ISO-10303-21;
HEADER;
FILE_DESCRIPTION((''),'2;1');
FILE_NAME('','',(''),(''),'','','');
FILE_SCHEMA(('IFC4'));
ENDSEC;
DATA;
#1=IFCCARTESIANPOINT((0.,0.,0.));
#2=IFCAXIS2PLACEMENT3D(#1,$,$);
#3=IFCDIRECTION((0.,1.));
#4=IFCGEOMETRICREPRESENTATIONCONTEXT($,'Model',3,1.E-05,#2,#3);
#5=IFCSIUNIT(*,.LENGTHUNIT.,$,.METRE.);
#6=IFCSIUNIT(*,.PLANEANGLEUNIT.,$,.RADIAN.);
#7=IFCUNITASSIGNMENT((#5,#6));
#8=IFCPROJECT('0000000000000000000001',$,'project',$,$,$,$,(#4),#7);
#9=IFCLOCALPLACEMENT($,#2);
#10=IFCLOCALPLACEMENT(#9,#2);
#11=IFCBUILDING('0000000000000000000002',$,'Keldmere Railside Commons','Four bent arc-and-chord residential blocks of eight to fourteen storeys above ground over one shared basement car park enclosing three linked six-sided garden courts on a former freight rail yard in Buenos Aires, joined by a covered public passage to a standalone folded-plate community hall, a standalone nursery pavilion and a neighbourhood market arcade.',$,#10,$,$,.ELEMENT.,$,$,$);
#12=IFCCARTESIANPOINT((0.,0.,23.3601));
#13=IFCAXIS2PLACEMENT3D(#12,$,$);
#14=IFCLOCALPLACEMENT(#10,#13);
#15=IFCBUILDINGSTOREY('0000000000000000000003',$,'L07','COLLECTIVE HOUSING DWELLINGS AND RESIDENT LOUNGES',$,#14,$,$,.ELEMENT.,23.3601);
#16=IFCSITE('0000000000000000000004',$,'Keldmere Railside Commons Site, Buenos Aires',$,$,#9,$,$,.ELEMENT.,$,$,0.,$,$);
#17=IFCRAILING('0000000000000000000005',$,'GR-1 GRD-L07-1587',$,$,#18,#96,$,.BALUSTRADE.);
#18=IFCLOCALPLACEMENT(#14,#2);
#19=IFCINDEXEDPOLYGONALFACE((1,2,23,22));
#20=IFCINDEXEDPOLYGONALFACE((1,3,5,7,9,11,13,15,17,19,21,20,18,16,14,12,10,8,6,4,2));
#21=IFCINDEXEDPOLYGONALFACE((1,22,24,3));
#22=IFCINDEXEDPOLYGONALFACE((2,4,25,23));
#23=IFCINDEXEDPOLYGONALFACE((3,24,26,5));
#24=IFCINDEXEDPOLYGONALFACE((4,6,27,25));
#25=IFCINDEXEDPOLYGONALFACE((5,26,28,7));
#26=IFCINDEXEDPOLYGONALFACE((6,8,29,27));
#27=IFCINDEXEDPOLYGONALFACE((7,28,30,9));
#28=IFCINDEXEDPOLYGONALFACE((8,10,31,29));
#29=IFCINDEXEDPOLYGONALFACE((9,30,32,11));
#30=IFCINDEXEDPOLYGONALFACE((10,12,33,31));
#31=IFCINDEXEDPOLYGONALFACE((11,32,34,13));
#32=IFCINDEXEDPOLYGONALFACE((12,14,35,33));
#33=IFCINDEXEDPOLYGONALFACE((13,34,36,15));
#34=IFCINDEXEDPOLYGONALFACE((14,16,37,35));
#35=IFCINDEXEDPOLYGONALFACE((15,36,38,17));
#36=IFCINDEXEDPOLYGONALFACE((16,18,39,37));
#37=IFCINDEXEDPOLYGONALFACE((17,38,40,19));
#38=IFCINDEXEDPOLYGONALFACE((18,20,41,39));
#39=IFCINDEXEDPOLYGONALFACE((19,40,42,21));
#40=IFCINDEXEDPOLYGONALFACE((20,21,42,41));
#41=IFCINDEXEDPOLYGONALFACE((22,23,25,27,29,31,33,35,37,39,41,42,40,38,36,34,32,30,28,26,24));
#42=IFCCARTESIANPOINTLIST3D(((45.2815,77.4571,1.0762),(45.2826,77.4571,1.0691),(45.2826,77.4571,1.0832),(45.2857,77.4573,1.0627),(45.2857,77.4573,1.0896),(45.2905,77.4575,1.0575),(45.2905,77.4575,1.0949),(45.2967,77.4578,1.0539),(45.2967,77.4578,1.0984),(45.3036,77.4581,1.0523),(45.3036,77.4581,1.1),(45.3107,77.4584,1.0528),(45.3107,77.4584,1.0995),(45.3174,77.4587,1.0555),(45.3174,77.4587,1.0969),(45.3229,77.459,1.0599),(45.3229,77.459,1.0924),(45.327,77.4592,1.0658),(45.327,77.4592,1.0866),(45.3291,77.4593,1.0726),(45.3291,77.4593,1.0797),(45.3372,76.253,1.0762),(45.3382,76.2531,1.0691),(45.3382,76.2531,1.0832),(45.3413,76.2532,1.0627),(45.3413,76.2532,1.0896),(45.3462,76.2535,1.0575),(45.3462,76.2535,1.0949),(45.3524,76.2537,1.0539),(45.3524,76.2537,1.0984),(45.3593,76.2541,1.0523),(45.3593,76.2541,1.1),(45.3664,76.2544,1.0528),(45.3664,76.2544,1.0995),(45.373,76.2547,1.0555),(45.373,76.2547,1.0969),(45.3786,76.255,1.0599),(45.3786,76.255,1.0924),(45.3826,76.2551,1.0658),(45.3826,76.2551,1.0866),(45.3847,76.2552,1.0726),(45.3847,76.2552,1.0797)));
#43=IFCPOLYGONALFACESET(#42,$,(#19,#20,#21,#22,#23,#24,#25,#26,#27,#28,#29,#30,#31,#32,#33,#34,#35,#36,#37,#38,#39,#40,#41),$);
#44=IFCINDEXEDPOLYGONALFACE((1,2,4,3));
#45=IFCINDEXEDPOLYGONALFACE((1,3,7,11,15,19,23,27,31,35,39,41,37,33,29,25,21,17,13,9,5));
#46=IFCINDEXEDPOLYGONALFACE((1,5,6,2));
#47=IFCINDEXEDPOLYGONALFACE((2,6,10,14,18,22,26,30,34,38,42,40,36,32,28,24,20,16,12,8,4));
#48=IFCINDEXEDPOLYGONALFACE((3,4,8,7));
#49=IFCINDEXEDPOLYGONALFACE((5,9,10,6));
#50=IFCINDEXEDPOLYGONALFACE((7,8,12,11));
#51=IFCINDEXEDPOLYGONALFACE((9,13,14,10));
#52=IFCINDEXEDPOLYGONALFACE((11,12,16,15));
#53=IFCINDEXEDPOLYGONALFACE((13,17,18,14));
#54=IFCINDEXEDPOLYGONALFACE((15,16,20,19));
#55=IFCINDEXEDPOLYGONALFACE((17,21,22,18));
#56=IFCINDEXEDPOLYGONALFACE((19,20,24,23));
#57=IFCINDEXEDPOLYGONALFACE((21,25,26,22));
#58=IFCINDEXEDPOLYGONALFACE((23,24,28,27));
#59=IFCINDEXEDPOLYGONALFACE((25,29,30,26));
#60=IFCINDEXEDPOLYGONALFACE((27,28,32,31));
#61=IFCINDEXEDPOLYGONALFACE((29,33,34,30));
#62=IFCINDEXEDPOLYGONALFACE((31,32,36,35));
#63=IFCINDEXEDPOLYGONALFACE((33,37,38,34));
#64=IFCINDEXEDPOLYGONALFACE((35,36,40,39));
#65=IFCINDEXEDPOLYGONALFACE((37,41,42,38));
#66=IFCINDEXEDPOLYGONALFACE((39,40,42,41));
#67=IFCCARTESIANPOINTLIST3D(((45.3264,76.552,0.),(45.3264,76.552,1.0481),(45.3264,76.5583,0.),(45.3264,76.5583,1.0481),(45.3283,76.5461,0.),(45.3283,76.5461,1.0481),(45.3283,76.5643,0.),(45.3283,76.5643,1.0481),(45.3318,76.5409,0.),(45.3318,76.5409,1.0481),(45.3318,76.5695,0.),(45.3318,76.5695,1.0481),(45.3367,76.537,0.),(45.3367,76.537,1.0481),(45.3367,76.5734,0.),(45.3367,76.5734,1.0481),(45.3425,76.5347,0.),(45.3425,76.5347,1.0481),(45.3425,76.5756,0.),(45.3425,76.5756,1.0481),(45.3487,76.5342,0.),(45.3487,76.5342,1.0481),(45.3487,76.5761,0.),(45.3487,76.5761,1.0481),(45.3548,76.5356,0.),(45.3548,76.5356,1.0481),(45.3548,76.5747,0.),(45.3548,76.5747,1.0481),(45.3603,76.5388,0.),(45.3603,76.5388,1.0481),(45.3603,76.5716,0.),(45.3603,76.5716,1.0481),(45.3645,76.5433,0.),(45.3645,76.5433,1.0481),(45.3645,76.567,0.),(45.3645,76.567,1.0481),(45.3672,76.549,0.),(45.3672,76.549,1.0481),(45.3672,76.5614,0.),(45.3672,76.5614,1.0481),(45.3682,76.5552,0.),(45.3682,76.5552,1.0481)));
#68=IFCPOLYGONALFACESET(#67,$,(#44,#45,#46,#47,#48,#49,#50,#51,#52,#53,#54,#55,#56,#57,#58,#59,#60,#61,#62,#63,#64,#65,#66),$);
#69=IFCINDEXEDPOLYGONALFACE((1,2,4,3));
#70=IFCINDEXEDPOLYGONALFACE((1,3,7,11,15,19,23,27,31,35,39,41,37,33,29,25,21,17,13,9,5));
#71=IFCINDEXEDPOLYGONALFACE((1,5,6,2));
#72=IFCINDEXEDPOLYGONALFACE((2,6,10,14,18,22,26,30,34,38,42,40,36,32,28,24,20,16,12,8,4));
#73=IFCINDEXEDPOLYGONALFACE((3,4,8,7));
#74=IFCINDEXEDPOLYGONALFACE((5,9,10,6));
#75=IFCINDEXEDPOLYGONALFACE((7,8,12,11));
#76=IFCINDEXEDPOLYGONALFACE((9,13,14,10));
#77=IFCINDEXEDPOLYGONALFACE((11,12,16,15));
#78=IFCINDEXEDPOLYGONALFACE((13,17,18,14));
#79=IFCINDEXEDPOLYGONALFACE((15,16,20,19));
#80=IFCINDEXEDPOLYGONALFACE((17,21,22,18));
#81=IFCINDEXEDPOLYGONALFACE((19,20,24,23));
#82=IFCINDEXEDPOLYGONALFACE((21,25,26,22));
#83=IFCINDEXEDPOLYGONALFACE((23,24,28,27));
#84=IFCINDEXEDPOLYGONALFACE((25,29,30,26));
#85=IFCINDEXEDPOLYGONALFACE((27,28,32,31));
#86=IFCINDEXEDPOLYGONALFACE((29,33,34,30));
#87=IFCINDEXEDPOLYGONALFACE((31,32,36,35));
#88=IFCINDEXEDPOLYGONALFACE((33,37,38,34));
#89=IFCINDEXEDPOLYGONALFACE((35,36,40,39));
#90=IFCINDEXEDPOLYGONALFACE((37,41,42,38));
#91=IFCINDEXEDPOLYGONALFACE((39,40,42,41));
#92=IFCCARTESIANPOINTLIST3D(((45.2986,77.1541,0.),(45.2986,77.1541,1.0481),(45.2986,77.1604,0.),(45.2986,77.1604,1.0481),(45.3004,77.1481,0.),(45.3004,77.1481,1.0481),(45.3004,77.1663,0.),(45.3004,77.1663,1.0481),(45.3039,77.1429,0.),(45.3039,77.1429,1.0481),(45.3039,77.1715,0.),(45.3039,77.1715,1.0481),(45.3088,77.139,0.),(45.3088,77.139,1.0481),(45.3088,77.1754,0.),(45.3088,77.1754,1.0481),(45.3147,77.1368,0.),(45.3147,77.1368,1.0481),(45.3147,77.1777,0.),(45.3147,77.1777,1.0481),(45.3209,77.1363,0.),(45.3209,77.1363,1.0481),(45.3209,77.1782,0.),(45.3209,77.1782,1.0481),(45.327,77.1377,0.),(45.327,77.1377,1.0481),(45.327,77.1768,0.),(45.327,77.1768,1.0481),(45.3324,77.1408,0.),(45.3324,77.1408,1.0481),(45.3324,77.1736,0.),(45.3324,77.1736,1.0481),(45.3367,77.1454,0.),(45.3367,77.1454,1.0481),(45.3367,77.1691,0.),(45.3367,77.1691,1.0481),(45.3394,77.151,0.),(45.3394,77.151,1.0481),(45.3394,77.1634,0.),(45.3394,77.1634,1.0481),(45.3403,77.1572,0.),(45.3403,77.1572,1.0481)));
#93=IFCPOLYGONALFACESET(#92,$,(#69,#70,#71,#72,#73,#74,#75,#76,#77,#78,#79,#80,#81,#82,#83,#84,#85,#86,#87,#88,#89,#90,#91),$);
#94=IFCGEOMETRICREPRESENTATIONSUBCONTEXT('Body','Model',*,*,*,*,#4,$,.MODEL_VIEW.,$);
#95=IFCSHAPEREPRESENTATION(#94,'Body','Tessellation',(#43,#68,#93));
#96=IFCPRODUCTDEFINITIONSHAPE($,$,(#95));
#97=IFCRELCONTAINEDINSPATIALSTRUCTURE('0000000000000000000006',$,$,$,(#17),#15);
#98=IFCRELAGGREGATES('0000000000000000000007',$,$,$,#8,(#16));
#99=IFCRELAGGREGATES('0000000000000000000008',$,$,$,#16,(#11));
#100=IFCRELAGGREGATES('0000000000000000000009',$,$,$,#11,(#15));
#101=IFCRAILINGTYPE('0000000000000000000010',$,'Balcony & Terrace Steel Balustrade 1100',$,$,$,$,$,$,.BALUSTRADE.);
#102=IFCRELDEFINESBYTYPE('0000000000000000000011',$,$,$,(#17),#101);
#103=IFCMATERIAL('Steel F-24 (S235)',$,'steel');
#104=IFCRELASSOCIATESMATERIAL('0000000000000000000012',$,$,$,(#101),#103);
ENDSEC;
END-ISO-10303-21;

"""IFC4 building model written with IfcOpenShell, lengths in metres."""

from ifc_helpers import new_model, si_unit, direction, frame, origin, origin_2d, place, context, subcontext, project, spatial, circle, extrude, material, type_object, element, save


model = new_model("IFC4")

# Units and contexts
model_context = context("Model", 3, precision=1e-05, world=origin(), true_north=direction((0.0, 1.0)))
body_context = subcontext(model_context, "Body", "Model", "MODEL_VIEW")
ifc_project = project(units=[si_unit("LENGTHUNIT", "METRE"), si_unit("PLANEANGLEUNIT", "RADIAN")], contexts=[model_context])

# Site, building, storey
site_placement = place(None, origin())
site = spatial("IfcSite", under=ifc_project, at=site_placement, Name="Keldmere Railside Commons Site, Buenos Aires", CompositionType="ELEMENT", RefElevation=0.0)
building_placement = place(site_placement, origin())
building = spatial("IfcBuilding", under=site, at=building_placement, Name="Keldmere Railside Commons", Description="Four bent arc-and-chord residential blocks of eight to fourteen storeys above ground over one shared basement car park enclosing three linked six-sided garden courts on a former freight rail yard in Buenos Aires, joined by a covered public passage to a standalone folded-plate community hall, a standalone nursery pavilion and a neighbourhood market arcade.", CompositionType="ELEMENT")
storey_placement = place(building_placement, frame((0.0, 0.0, 23.3601)))
storey = spatial("IfcBuildingStorey", under=building, at=storey_placement, Name="L07", Description="COLLECTIVE HOUSING DWELLINGS AND RESIDENT LOUNGES", CompositionType="ELEMENT", Elevation=23.3601)

# Railing
ifc_material = material(Name="Steel F-24 (S235)", Category="steel")
railing_type = type_object("IfcRailingType", Name="Balcony & Terrace Steel Balustrade 1100", PredefinedType="BALUSTRADE", material=ifc_material)
railing_1_placement = place(storey_placement, frame((45.3611, 76.2542, 0.0)))
element("IfcRailing", 1, at=railing_1_placement, inside=storey, type_object=railing_type, Name="GR-1 GRD-L07-1587", PredefinedType="BALUSTRADE", context=body_context, shape_type="SweptSolid", body=[
    extrude(circle(Radius=0.0239, at=origin_2d()), frame((0.0, 0.0, 1.0762), z_axis=(-0.046179, 0.998933, 0.0), x_axis=(-0.998933, -0.046179, 0.0)), (0.0, 0.0, 1.0), 1.2053),
    extrude(circle(Radius=0.021, at=origin_2d()), frame((-0.0139, 0.301, 0.0)), (0.0, 0.0, 1.0), 1.0481),
    extrude(circle(Radius=0.021, at=origin_2d()), frame((-0.0417, 0.9031, 0.0)), (0.0, 0.0, 1.0), 1.0481),
])

save(model, "model.ifc")
